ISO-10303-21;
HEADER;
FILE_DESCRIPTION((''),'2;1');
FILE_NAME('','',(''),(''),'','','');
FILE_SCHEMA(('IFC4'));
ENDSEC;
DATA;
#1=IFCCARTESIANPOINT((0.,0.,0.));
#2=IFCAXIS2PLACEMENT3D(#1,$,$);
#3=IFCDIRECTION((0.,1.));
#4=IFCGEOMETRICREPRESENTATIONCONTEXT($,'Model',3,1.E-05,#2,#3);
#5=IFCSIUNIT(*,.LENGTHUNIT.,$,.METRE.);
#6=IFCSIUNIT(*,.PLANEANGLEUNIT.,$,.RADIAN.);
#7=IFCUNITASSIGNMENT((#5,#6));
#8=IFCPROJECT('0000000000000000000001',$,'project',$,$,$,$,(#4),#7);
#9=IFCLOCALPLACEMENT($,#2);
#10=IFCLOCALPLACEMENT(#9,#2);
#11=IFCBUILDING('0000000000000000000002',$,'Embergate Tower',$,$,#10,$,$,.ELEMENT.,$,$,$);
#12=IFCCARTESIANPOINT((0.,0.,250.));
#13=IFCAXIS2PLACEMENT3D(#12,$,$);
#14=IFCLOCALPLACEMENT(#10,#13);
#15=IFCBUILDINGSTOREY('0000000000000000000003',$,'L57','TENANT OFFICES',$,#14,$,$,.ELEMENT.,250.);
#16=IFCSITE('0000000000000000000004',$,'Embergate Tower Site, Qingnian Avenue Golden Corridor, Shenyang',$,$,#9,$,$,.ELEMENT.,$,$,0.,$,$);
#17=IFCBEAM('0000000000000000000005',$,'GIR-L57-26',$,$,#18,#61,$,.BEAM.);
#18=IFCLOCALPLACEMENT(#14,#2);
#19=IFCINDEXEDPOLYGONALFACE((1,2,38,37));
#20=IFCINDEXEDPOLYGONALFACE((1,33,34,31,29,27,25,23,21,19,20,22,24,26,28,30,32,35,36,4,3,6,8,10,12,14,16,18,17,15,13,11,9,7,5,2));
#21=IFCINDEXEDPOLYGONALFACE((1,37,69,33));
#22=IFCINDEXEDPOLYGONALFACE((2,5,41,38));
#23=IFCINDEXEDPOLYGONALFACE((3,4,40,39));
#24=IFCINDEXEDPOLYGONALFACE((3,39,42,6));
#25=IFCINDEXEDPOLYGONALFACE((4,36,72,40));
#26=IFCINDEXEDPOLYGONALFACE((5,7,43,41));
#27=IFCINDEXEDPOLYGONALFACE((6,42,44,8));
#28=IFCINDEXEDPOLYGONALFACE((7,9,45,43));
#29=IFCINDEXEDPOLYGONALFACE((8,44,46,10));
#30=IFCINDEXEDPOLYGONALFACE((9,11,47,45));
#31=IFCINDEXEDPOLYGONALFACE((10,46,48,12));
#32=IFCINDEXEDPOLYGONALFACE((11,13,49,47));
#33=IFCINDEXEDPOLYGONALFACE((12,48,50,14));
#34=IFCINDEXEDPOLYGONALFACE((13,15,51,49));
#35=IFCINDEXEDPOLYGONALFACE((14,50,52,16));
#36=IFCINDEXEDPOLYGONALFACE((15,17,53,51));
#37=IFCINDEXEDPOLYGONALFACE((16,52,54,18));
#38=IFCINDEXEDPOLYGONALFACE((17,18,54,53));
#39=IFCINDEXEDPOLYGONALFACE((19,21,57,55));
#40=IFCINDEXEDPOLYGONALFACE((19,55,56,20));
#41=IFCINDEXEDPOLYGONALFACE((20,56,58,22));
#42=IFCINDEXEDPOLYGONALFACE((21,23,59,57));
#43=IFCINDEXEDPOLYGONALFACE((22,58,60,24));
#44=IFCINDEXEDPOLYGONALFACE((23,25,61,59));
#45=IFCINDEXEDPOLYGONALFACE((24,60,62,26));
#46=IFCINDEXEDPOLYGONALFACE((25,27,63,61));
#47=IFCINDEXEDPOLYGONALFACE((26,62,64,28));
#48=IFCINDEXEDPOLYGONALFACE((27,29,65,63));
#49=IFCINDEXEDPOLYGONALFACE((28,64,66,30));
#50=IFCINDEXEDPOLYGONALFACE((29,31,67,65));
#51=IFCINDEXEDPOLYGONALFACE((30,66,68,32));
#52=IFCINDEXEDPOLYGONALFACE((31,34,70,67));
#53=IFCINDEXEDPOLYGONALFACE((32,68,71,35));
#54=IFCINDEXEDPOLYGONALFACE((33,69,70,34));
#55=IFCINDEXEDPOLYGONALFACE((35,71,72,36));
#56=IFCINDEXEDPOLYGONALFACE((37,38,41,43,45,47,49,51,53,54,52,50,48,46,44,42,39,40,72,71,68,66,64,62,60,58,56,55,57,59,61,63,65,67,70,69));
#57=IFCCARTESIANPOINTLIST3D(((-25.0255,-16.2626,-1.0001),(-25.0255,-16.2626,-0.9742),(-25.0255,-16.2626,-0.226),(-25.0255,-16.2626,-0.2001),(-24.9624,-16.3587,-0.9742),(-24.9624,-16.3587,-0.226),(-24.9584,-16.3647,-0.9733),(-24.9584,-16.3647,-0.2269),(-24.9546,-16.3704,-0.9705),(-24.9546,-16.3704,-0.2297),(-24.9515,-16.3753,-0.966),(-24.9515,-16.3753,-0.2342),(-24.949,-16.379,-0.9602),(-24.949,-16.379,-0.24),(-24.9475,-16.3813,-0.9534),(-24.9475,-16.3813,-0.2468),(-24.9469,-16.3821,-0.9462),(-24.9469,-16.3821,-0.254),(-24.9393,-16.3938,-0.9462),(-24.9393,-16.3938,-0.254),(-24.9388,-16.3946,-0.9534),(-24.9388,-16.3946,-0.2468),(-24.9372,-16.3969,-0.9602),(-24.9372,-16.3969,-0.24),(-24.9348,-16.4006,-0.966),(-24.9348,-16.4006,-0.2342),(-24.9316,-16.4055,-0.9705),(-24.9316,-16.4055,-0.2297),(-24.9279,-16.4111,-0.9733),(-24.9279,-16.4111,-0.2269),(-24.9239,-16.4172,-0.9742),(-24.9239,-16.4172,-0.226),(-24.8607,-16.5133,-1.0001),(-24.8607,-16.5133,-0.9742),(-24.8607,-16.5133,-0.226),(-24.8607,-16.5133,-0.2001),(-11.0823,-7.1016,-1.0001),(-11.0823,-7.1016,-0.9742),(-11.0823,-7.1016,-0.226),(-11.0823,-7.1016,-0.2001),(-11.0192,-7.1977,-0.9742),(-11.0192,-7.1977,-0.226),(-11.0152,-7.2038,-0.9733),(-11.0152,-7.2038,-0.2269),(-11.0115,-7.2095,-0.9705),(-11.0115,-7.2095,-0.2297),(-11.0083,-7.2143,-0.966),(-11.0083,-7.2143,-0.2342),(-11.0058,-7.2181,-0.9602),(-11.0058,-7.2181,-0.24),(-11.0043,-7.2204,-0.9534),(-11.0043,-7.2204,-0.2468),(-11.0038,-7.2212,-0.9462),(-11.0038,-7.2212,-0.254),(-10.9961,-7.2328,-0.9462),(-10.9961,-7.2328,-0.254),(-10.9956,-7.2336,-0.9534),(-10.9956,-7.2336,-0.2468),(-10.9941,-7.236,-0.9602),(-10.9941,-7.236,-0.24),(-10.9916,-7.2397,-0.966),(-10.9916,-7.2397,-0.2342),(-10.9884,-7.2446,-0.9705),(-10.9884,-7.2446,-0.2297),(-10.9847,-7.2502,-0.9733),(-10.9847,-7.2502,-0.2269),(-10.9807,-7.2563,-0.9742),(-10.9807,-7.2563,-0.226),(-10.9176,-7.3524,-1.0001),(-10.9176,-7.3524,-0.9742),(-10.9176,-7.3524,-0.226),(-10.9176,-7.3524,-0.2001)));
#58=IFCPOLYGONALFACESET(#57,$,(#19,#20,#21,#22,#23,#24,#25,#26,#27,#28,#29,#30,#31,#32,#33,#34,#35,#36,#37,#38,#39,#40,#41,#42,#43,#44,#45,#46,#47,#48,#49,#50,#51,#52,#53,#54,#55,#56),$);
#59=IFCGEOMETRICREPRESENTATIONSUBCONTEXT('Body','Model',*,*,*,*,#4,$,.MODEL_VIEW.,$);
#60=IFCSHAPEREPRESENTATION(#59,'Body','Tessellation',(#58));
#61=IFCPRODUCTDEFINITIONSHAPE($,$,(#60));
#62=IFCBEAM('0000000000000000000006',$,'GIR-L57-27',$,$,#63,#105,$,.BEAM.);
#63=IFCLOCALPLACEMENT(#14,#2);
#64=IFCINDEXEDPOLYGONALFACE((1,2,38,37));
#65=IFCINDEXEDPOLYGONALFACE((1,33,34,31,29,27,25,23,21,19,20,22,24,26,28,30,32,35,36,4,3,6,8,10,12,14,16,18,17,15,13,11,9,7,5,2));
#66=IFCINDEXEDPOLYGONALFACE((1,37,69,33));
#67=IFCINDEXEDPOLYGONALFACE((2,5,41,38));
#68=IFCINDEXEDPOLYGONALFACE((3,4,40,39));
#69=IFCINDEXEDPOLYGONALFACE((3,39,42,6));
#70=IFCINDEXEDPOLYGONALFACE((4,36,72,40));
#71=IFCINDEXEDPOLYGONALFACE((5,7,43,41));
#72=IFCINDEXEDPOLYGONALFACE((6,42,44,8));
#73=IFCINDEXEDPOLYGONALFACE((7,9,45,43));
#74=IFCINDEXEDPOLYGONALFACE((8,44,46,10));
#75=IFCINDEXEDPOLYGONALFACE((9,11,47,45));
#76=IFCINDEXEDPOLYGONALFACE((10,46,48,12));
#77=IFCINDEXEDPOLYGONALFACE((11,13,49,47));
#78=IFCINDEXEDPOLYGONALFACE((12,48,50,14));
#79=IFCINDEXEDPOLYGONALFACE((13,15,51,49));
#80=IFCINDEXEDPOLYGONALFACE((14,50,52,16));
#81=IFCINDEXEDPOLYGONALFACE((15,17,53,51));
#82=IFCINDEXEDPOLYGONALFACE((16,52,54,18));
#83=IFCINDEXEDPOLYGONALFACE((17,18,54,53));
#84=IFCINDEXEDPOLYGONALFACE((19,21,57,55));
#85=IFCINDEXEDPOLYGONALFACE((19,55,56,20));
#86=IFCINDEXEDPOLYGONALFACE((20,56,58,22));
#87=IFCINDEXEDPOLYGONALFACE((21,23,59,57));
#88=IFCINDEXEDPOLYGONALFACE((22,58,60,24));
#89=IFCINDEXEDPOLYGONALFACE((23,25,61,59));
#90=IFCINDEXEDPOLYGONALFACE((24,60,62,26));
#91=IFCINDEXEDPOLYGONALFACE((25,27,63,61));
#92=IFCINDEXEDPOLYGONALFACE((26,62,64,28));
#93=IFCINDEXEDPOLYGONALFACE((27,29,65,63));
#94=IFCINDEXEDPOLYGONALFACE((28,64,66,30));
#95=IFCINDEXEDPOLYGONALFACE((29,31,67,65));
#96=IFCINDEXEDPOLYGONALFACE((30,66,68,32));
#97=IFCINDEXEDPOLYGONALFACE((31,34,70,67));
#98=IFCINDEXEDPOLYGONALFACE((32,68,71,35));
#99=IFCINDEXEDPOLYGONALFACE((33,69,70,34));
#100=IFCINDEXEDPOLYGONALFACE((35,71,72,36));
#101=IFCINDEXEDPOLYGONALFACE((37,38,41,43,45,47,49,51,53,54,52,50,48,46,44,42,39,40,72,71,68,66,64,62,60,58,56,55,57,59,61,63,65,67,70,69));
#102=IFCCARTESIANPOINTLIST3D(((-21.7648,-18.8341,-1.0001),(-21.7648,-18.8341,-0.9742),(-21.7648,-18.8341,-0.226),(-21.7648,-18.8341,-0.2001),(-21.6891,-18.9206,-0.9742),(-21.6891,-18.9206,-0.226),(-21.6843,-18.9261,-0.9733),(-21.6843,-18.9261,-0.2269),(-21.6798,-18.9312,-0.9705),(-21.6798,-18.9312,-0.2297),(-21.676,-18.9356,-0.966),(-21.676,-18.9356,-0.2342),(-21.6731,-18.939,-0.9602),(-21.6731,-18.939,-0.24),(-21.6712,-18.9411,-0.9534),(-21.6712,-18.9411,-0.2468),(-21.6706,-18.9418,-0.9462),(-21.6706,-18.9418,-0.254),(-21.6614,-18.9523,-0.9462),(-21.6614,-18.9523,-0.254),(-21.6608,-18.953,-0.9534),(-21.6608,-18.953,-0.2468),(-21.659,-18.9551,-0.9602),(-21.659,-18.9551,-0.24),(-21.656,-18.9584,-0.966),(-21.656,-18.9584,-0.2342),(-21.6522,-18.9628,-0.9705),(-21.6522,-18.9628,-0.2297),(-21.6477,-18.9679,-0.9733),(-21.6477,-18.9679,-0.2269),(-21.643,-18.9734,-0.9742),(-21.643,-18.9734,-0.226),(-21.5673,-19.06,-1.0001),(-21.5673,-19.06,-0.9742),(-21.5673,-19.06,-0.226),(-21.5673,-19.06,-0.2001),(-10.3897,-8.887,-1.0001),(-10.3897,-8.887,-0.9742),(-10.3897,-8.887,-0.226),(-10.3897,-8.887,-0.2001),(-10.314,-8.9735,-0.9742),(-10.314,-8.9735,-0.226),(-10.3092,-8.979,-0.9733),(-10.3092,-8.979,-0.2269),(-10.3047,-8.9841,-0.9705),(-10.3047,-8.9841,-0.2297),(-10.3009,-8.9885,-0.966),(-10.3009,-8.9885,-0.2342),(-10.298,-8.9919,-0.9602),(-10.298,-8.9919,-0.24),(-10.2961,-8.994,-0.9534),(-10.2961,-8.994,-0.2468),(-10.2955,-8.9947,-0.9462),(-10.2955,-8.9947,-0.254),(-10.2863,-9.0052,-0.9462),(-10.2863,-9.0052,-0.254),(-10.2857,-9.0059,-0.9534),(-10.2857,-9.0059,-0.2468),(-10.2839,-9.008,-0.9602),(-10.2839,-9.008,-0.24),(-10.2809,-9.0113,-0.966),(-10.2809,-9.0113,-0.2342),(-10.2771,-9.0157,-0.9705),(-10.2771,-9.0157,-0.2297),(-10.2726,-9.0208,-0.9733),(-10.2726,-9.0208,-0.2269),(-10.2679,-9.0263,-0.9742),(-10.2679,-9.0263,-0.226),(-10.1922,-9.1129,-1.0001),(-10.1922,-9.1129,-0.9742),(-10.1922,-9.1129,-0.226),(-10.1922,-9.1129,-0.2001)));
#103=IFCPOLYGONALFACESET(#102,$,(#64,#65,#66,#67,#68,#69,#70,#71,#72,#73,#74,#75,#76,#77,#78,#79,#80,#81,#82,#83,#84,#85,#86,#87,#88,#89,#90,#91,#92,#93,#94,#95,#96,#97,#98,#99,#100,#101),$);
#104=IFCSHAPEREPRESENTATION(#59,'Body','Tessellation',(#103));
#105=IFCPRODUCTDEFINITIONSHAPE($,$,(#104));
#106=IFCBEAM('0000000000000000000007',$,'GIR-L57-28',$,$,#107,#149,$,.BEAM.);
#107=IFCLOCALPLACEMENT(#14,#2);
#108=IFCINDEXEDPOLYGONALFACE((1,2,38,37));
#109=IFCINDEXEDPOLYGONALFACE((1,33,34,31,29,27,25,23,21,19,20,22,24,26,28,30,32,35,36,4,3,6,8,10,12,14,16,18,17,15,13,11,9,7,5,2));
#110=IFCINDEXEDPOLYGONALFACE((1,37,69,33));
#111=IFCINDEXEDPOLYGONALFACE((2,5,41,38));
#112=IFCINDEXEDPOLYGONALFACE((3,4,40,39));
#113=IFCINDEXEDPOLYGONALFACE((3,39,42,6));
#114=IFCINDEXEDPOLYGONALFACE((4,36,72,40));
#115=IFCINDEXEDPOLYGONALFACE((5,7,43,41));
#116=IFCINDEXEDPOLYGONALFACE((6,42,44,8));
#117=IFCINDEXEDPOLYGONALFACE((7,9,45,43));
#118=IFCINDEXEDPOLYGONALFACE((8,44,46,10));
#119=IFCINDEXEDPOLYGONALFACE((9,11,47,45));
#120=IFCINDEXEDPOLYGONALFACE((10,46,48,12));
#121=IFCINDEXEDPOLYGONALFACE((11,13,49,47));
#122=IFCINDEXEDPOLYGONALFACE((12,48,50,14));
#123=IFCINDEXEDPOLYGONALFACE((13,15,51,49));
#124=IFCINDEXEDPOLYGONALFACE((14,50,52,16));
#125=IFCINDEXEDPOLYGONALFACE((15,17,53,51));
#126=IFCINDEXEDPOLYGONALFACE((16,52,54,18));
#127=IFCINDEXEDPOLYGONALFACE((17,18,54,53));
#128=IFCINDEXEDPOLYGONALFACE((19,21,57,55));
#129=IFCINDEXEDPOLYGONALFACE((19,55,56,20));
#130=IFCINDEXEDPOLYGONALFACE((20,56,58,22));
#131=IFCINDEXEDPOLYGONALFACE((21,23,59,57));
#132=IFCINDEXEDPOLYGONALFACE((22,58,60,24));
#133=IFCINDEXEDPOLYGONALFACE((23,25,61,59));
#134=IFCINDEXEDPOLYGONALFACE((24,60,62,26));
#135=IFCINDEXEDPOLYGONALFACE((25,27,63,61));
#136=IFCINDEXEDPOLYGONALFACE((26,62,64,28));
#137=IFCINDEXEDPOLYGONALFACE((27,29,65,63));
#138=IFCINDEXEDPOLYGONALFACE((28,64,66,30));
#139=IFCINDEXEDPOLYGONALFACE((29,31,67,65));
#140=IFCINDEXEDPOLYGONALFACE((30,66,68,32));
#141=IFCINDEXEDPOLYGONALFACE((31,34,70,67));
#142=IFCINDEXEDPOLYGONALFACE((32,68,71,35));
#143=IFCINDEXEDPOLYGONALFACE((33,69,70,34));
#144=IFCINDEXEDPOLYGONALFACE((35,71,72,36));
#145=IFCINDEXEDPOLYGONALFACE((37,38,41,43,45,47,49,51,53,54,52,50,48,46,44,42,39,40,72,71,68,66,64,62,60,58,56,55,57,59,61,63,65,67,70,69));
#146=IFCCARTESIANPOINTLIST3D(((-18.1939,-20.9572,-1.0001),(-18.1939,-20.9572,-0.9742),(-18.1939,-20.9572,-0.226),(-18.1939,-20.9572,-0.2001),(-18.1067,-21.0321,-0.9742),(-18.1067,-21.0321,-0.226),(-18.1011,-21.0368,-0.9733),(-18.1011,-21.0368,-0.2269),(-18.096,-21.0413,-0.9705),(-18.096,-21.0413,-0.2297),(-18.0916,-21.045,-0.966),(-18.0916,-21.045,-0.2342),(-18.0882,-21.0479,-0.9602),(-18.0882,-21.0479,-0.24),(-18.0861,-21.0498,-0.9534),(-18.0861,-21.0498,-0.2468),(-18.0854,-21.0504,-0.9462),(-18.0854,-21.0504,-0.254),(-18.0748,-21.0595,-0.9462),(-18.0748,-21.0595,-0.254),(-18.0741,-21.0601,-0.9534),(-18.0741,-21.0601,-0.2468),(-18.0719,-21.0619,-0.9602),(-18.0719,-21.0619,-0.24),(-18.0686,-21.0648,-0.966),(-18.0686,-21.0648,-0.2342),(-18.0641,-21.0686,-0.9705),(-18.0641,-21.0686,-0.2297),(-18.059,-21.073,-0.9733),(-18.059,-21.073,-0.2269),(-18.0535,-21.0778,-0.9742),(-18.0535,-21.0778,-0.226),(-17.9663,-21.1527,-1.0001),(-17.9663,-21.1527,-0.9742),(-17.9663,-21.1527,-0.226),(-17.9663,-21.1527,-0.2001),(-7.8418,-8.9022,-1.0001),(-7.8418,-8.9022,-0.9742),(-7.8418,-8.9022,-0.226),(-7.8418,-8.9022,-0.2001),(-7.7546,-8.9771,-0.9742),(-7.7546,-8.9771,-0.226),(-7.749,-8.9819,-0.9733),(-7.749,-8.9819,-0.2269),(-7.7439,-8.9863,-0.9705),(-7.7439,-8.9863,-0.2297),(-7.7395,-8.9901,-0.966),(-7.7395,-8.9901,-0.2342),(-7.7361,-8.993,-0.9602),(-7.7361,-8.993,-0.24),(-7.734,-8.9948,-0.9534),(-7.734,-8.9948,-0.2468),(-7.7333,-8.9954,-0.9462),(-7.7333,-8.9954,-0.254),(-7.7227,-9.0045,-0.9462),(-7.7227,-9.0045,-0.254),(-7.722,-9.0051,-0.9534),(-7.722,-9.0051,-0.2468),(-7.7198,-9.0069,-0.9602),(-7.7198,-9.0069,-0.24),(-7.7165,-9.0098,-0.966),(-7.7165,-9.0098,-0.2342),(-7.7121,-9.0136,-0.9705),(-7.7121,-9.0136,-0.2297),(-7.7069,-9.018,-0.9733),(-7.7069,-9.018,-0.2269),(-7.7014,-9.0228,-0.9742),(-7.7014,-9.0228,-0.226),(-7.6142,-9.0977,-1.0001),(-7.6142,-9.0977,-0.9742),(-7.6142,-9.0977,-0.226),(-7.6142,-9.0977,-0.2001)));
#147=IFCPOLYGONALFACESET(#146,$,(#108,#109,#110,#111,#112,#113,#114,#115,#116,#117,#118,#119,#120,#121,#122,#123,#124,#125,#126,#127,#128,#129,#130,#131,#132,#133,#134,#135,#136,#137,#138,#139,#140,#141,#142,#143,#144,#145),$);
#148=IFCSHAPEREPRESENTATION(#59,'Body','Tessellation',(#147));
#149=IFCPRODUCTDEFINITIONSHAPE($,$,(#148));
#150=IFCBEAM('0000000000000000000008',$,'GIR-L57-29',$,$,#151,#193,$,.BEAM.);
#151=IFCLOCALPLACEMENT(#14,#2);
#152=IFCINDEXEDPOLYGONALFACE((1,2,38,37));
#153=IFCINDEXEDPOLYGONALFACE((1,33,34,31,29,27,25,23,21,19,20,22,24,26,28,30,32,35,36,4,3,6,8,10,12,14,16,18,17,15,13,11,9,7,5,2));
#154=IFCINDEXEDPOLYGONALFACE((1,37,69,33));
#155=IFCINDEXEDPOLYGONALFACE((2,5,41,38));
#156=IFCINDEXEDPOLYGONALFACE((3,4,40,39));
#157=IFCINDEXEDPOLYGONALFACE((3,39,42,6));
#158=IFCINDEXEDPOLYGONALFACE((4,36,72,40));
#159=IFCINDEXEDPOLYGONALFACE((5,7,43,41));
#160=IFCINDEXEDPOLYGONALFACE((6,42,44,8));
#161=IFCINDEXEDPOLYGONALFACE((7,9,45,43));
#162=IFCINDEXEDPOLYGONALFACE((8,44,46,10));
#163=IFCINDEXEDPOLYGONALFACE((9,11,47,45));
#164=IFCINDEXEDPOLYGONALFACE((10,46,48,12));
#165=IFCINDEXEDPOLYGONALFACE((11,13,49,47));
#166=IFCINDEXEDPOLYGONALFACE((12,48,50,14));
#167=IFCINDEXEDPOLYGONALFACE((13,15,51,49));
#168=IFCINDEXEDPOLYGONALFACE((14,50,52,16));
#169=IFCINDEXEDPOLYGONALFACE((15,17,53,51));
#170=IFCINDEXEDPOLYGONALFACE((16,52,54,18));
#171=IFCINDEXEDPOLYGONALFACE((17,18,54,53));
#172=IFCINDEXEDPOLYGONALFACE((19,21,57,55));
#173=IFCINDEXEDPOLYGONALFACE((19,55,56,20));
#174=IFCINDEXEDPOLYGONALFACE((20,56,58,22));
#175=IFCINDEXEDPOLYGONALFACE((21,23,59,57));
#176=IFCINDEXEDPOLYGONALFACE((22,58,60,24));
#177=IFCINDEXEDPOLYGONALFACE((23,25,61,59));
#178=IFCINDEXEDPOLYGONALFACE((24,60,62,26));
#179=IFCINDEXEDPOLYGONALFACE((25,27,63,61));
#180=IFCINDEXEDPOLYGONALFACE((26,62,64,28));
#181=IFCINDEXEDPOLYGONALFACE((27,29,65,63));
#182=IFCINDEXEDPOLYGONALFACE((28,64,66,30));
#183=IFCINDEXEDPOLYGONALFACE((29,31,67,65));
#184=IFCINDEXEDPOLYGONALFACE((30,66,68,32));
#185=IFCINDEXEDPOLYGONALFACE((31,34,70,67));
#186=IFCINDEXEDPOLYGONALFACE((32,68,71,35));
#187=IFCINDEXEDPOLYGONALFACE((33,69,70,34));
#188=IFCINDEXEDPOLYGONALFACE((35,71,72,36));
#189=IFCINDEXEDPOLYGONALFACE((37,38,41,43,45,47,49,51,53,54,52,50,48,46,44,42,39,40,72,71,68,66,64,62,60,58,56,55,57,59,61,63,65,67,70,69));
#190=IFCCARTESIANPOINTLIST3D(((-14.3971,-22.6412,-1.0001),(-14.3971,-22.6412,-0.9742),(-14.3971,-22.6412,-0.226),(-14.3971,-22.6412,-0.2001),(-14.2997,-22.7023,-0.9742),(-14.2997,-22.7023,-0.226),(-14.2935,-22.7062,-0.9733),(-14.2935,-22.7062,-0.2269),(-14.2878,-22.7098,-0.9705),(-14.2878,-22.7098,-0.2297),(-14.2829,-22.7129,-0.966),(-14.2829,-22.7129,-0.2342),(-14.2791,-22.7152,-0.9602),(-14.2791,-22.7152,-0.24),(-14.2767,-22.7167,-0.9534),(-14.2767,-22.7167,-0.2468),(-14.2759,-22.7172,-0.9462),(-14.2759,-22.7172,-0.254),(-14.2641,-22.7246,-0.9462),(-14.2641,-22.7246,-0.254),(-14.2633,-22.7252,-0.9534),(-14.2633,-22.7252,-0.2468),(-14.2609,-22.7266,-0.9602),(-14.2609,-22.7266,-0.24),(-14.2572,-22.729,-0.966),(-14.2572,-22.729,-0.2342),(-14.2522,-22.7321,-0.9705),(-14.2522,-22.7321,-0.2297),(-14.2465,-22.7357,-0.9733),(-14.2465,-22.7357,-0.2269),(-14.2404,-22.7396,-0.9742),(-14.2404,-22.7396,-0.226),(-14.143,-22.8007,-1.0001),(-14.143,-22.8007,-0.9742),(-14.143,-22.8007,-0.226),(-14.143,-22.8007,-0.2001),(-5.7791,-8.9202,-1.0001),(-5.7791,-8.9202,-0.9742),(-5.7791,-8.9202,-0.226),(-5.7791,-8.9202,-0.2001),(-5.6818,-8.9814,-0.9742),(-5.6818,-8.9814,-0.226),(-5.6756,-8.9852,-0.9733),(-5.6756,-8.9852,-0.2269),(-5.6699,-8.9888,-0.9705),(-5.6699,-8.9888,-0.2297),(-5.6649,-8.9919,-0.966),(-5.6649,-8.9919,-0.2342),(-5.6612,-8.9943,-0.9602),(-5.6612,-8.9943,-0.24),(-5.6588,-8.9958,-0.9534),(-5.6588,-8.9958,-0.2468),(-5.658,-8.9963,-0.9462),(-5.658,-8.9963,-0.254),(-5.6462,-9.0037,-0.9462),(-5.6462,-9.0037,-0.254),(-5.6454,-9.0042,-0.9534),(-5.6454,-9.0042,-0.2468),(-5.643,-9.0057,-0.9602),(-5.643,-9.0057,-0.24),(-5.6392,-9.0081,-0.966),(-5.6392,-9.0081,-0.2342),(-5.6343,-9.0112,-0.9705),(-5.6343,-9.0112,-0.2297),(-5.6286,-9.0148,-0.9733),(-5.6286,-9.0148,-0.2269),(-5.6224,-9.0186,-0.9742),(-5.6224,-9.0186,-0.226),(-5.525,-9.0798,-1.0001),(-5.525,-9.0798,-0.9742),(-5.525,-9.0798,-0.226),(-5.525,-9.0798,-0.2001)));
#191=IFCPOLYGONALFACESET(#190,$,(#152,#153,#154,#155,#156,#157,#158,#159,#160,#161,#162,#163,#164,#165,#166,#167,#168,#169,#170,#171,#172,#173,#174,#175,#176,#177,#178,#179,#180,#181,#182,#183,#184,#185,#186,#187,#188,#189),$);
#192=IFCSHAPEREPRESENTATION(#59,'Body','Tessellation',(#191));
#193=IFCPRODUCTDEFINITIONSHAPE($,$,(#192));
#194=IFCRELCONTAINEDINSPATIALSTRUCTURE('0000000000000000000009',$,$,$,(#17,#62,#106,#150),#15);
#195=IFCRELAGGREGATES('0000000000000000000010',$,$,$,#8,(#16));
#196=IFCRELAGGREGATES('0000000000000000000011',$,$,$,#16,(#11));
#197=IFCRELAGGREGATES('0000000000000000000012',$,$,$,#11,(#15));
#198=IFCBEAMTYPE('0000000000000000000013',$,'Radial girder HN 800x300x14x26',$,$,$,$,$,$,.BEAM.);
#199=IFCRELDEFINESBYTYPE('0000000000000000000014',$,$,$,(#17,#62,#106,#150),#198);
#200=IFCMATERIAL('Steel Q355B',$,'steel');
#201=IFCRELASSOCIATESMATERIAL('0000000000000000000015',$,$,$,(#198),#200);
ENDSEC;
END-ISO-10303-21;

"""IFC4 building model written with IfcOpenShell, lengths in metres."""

from ifc_helpers import new_model, si_unit, direction, frame, origin, origin_2d, place, context, subcontext, project, spatial, i_section, extrude, source, transform, mapped, material, material_profile, profile_set, type_object, element, save


model = new_model("IFC4")

# Units and contexts
model_context = context("Model", 3, precision=1e-05, world=origin(), true_north=direction((0.0, 1.0)))
body_context = subcontext(model_context, "Body", "Model", "MODEL_VIEW")
ifc_project = project(units=[si_unit("LENGTHUNIT", "METRE"), si_unit("PLANEANGLEUNIT", "RADIAN")], contexts=[model_context])

# Site, building, storey
site_placement = place(None, origin())
site = spatial("IfcSite", under=ifc_project, at=site_placement, Name="Embergate Tower Site, Qingnian Avenue Golden Corridor, Shenyang", CompositionType="ELEMENT", RefElevation=0.0)
building_placement = place(site_placement, origin())
building = spatial("IfcBuilding", under=site, at=building_placement, Name="Embergate Tower", CompositionType="ELEMENT")
storey_placement = place(building_placement, frame((0.0, 0.0, 250.0)))
storey = spatial("IfcBuildingStorey", under=building, at=storey_placement, Name="L57", Description="TENANT OFFICES", CompositionType="ELEMENT", Elevation=250.0)

# Beams
ifc_material_1 = material(Name="Steel Q355B", Category="steel")
ifc_material_profile_1 = material_profile(ifc_material_1, i_section(OverallWidth=0.3, OverallDepth=0.8, WebThickness=0.0139, FlangeThickness=0.0259, FilletRadius=0.0281, at=origin_2d()), Name="HN 800x300x14x26")
ifc_profile_set_1 = profile_set([ifc_material_profile_1], Name="Steel Q355 grade B")
beam_type_1 = type_object("IfcBeamType", Name="Radial girder HN 800x300x14x26", PredefinedType="BEAM", material=ifc_profile_set_1)
shared_shape_1 = source(origin(), body_context, "Body", "SweptSolid", [
    extrude(i_section(OverallWidth=0.3, OverallDepth=0.8, WebThickness=0.0139, FlangeThickness=0.0259, FilletRadius=0.0281, at=origin_2d()), origin(), (0.0, 0.0, 1.0), 16.6833),
])
beam_1_placement = place(storey_placement, frame((-24.9431, -16.3879, -0.6001), z_axis=(0.835753, 0.549105, 0.0), x_axis=(-0.549105, 0.835753, 0.0)))
element("IfcBeam", 1, at=beam_1_placement, inside=storey, type_object=beam_type_1, Name="GIR-L57-26", PredefinedType="BEAM", context=body_context, shape_type="MappedRepresentation", body=[
    mapped(shared_shape_1, transform((0.0, 0.0, 0.0))),
])
shared_shape_2 = source(origin(), body_context, "Body", "SweptSolid", [
    extrude(i_section(OverallWidth=0.3, OverallDepth=0.8, WebThickness=0.0139, FlangeThickness=0.0259, FilletRadius=0.0281, at=origin_2d()), origin(), (0.0, 0.0, 1.0), 15.1108),
])
beam_2_placement = place(storey_placement, frame((-21.666, -18.947, -0.6001), z_axis=(0.752777, 0.658276, 0.0), x_axis=(-0.658276, 0.752777, 0.0)))
element("IfcBeam", 2, at=beam_2_placement, inside=storey, type_object=beam_type_1, Name="GIR-L57-27", PredefinedType="BEAM", context=body_context, shape_type="MappedRepresentation", body=[
    mapped(shared_shape_2, transform((0.0, 0.0, 0.0))),
])
shared_shape_3 = source(origin(), body_context, "Body", "SweptSolid", [
    extrude(i_section(OverallWidth=0.3, OverallDepth=0.8, WebThickness=0.0139, FlangeThickness=0.0259, FilletRadius=0.0281, at=origin_2d()), origin(), (0.0, 0.0, 1.0), 15.8899),
])
beam_3_placement = place(storey_placement, frame((-18.0801, -21.0549, -0.6001), z_axis=(0.65149, 0.758658, 0.0), x_axis=(-0.758658, 0.65149, 0.0)))
element("IfcBeam", 3, at=beam_3_placement, inside=storey, type_object=beam_type_1, Name="GIR-L57-28", PredefinedType="BEAM", context=body_context, shape_type="MappedRepresentation", body=[
    mapped(shared_shape_3, transform((0.0, 0.0, 0.0))),
])
shared_shape_4 = source(origin(), body_context, "Body", "SweptSolid", [
    extrude(i_section(OverallWidth=0.3, OverallDepth=0.8, WebThickness=0.0139, FlangeThickness=0.0259, FilletRadius=0.0281, at=origin_2d()), origin(), (0.0, 0.0, 1.0), 16.2029),
])
beam_4_placement = place(storey_placement, frame((-14.27, -22.7209, -0.6001), z_axis=(0.531876, 0.846822, 0.0), x_axis=(-0.846822, 0.531876, 0.0)))
element("IfcBeam", 4, at=beam_4_placement, inside=storey, type_object=beam_type_1, Name="GIR-L57-29", PredefinedType="BEAM", context=body_context, shape_type="MappedRepresentation", body=[
    mapped(shared_shape_4, transform((0.0, 0.0, 0.0))),
])

save(model, "model.ifc")
